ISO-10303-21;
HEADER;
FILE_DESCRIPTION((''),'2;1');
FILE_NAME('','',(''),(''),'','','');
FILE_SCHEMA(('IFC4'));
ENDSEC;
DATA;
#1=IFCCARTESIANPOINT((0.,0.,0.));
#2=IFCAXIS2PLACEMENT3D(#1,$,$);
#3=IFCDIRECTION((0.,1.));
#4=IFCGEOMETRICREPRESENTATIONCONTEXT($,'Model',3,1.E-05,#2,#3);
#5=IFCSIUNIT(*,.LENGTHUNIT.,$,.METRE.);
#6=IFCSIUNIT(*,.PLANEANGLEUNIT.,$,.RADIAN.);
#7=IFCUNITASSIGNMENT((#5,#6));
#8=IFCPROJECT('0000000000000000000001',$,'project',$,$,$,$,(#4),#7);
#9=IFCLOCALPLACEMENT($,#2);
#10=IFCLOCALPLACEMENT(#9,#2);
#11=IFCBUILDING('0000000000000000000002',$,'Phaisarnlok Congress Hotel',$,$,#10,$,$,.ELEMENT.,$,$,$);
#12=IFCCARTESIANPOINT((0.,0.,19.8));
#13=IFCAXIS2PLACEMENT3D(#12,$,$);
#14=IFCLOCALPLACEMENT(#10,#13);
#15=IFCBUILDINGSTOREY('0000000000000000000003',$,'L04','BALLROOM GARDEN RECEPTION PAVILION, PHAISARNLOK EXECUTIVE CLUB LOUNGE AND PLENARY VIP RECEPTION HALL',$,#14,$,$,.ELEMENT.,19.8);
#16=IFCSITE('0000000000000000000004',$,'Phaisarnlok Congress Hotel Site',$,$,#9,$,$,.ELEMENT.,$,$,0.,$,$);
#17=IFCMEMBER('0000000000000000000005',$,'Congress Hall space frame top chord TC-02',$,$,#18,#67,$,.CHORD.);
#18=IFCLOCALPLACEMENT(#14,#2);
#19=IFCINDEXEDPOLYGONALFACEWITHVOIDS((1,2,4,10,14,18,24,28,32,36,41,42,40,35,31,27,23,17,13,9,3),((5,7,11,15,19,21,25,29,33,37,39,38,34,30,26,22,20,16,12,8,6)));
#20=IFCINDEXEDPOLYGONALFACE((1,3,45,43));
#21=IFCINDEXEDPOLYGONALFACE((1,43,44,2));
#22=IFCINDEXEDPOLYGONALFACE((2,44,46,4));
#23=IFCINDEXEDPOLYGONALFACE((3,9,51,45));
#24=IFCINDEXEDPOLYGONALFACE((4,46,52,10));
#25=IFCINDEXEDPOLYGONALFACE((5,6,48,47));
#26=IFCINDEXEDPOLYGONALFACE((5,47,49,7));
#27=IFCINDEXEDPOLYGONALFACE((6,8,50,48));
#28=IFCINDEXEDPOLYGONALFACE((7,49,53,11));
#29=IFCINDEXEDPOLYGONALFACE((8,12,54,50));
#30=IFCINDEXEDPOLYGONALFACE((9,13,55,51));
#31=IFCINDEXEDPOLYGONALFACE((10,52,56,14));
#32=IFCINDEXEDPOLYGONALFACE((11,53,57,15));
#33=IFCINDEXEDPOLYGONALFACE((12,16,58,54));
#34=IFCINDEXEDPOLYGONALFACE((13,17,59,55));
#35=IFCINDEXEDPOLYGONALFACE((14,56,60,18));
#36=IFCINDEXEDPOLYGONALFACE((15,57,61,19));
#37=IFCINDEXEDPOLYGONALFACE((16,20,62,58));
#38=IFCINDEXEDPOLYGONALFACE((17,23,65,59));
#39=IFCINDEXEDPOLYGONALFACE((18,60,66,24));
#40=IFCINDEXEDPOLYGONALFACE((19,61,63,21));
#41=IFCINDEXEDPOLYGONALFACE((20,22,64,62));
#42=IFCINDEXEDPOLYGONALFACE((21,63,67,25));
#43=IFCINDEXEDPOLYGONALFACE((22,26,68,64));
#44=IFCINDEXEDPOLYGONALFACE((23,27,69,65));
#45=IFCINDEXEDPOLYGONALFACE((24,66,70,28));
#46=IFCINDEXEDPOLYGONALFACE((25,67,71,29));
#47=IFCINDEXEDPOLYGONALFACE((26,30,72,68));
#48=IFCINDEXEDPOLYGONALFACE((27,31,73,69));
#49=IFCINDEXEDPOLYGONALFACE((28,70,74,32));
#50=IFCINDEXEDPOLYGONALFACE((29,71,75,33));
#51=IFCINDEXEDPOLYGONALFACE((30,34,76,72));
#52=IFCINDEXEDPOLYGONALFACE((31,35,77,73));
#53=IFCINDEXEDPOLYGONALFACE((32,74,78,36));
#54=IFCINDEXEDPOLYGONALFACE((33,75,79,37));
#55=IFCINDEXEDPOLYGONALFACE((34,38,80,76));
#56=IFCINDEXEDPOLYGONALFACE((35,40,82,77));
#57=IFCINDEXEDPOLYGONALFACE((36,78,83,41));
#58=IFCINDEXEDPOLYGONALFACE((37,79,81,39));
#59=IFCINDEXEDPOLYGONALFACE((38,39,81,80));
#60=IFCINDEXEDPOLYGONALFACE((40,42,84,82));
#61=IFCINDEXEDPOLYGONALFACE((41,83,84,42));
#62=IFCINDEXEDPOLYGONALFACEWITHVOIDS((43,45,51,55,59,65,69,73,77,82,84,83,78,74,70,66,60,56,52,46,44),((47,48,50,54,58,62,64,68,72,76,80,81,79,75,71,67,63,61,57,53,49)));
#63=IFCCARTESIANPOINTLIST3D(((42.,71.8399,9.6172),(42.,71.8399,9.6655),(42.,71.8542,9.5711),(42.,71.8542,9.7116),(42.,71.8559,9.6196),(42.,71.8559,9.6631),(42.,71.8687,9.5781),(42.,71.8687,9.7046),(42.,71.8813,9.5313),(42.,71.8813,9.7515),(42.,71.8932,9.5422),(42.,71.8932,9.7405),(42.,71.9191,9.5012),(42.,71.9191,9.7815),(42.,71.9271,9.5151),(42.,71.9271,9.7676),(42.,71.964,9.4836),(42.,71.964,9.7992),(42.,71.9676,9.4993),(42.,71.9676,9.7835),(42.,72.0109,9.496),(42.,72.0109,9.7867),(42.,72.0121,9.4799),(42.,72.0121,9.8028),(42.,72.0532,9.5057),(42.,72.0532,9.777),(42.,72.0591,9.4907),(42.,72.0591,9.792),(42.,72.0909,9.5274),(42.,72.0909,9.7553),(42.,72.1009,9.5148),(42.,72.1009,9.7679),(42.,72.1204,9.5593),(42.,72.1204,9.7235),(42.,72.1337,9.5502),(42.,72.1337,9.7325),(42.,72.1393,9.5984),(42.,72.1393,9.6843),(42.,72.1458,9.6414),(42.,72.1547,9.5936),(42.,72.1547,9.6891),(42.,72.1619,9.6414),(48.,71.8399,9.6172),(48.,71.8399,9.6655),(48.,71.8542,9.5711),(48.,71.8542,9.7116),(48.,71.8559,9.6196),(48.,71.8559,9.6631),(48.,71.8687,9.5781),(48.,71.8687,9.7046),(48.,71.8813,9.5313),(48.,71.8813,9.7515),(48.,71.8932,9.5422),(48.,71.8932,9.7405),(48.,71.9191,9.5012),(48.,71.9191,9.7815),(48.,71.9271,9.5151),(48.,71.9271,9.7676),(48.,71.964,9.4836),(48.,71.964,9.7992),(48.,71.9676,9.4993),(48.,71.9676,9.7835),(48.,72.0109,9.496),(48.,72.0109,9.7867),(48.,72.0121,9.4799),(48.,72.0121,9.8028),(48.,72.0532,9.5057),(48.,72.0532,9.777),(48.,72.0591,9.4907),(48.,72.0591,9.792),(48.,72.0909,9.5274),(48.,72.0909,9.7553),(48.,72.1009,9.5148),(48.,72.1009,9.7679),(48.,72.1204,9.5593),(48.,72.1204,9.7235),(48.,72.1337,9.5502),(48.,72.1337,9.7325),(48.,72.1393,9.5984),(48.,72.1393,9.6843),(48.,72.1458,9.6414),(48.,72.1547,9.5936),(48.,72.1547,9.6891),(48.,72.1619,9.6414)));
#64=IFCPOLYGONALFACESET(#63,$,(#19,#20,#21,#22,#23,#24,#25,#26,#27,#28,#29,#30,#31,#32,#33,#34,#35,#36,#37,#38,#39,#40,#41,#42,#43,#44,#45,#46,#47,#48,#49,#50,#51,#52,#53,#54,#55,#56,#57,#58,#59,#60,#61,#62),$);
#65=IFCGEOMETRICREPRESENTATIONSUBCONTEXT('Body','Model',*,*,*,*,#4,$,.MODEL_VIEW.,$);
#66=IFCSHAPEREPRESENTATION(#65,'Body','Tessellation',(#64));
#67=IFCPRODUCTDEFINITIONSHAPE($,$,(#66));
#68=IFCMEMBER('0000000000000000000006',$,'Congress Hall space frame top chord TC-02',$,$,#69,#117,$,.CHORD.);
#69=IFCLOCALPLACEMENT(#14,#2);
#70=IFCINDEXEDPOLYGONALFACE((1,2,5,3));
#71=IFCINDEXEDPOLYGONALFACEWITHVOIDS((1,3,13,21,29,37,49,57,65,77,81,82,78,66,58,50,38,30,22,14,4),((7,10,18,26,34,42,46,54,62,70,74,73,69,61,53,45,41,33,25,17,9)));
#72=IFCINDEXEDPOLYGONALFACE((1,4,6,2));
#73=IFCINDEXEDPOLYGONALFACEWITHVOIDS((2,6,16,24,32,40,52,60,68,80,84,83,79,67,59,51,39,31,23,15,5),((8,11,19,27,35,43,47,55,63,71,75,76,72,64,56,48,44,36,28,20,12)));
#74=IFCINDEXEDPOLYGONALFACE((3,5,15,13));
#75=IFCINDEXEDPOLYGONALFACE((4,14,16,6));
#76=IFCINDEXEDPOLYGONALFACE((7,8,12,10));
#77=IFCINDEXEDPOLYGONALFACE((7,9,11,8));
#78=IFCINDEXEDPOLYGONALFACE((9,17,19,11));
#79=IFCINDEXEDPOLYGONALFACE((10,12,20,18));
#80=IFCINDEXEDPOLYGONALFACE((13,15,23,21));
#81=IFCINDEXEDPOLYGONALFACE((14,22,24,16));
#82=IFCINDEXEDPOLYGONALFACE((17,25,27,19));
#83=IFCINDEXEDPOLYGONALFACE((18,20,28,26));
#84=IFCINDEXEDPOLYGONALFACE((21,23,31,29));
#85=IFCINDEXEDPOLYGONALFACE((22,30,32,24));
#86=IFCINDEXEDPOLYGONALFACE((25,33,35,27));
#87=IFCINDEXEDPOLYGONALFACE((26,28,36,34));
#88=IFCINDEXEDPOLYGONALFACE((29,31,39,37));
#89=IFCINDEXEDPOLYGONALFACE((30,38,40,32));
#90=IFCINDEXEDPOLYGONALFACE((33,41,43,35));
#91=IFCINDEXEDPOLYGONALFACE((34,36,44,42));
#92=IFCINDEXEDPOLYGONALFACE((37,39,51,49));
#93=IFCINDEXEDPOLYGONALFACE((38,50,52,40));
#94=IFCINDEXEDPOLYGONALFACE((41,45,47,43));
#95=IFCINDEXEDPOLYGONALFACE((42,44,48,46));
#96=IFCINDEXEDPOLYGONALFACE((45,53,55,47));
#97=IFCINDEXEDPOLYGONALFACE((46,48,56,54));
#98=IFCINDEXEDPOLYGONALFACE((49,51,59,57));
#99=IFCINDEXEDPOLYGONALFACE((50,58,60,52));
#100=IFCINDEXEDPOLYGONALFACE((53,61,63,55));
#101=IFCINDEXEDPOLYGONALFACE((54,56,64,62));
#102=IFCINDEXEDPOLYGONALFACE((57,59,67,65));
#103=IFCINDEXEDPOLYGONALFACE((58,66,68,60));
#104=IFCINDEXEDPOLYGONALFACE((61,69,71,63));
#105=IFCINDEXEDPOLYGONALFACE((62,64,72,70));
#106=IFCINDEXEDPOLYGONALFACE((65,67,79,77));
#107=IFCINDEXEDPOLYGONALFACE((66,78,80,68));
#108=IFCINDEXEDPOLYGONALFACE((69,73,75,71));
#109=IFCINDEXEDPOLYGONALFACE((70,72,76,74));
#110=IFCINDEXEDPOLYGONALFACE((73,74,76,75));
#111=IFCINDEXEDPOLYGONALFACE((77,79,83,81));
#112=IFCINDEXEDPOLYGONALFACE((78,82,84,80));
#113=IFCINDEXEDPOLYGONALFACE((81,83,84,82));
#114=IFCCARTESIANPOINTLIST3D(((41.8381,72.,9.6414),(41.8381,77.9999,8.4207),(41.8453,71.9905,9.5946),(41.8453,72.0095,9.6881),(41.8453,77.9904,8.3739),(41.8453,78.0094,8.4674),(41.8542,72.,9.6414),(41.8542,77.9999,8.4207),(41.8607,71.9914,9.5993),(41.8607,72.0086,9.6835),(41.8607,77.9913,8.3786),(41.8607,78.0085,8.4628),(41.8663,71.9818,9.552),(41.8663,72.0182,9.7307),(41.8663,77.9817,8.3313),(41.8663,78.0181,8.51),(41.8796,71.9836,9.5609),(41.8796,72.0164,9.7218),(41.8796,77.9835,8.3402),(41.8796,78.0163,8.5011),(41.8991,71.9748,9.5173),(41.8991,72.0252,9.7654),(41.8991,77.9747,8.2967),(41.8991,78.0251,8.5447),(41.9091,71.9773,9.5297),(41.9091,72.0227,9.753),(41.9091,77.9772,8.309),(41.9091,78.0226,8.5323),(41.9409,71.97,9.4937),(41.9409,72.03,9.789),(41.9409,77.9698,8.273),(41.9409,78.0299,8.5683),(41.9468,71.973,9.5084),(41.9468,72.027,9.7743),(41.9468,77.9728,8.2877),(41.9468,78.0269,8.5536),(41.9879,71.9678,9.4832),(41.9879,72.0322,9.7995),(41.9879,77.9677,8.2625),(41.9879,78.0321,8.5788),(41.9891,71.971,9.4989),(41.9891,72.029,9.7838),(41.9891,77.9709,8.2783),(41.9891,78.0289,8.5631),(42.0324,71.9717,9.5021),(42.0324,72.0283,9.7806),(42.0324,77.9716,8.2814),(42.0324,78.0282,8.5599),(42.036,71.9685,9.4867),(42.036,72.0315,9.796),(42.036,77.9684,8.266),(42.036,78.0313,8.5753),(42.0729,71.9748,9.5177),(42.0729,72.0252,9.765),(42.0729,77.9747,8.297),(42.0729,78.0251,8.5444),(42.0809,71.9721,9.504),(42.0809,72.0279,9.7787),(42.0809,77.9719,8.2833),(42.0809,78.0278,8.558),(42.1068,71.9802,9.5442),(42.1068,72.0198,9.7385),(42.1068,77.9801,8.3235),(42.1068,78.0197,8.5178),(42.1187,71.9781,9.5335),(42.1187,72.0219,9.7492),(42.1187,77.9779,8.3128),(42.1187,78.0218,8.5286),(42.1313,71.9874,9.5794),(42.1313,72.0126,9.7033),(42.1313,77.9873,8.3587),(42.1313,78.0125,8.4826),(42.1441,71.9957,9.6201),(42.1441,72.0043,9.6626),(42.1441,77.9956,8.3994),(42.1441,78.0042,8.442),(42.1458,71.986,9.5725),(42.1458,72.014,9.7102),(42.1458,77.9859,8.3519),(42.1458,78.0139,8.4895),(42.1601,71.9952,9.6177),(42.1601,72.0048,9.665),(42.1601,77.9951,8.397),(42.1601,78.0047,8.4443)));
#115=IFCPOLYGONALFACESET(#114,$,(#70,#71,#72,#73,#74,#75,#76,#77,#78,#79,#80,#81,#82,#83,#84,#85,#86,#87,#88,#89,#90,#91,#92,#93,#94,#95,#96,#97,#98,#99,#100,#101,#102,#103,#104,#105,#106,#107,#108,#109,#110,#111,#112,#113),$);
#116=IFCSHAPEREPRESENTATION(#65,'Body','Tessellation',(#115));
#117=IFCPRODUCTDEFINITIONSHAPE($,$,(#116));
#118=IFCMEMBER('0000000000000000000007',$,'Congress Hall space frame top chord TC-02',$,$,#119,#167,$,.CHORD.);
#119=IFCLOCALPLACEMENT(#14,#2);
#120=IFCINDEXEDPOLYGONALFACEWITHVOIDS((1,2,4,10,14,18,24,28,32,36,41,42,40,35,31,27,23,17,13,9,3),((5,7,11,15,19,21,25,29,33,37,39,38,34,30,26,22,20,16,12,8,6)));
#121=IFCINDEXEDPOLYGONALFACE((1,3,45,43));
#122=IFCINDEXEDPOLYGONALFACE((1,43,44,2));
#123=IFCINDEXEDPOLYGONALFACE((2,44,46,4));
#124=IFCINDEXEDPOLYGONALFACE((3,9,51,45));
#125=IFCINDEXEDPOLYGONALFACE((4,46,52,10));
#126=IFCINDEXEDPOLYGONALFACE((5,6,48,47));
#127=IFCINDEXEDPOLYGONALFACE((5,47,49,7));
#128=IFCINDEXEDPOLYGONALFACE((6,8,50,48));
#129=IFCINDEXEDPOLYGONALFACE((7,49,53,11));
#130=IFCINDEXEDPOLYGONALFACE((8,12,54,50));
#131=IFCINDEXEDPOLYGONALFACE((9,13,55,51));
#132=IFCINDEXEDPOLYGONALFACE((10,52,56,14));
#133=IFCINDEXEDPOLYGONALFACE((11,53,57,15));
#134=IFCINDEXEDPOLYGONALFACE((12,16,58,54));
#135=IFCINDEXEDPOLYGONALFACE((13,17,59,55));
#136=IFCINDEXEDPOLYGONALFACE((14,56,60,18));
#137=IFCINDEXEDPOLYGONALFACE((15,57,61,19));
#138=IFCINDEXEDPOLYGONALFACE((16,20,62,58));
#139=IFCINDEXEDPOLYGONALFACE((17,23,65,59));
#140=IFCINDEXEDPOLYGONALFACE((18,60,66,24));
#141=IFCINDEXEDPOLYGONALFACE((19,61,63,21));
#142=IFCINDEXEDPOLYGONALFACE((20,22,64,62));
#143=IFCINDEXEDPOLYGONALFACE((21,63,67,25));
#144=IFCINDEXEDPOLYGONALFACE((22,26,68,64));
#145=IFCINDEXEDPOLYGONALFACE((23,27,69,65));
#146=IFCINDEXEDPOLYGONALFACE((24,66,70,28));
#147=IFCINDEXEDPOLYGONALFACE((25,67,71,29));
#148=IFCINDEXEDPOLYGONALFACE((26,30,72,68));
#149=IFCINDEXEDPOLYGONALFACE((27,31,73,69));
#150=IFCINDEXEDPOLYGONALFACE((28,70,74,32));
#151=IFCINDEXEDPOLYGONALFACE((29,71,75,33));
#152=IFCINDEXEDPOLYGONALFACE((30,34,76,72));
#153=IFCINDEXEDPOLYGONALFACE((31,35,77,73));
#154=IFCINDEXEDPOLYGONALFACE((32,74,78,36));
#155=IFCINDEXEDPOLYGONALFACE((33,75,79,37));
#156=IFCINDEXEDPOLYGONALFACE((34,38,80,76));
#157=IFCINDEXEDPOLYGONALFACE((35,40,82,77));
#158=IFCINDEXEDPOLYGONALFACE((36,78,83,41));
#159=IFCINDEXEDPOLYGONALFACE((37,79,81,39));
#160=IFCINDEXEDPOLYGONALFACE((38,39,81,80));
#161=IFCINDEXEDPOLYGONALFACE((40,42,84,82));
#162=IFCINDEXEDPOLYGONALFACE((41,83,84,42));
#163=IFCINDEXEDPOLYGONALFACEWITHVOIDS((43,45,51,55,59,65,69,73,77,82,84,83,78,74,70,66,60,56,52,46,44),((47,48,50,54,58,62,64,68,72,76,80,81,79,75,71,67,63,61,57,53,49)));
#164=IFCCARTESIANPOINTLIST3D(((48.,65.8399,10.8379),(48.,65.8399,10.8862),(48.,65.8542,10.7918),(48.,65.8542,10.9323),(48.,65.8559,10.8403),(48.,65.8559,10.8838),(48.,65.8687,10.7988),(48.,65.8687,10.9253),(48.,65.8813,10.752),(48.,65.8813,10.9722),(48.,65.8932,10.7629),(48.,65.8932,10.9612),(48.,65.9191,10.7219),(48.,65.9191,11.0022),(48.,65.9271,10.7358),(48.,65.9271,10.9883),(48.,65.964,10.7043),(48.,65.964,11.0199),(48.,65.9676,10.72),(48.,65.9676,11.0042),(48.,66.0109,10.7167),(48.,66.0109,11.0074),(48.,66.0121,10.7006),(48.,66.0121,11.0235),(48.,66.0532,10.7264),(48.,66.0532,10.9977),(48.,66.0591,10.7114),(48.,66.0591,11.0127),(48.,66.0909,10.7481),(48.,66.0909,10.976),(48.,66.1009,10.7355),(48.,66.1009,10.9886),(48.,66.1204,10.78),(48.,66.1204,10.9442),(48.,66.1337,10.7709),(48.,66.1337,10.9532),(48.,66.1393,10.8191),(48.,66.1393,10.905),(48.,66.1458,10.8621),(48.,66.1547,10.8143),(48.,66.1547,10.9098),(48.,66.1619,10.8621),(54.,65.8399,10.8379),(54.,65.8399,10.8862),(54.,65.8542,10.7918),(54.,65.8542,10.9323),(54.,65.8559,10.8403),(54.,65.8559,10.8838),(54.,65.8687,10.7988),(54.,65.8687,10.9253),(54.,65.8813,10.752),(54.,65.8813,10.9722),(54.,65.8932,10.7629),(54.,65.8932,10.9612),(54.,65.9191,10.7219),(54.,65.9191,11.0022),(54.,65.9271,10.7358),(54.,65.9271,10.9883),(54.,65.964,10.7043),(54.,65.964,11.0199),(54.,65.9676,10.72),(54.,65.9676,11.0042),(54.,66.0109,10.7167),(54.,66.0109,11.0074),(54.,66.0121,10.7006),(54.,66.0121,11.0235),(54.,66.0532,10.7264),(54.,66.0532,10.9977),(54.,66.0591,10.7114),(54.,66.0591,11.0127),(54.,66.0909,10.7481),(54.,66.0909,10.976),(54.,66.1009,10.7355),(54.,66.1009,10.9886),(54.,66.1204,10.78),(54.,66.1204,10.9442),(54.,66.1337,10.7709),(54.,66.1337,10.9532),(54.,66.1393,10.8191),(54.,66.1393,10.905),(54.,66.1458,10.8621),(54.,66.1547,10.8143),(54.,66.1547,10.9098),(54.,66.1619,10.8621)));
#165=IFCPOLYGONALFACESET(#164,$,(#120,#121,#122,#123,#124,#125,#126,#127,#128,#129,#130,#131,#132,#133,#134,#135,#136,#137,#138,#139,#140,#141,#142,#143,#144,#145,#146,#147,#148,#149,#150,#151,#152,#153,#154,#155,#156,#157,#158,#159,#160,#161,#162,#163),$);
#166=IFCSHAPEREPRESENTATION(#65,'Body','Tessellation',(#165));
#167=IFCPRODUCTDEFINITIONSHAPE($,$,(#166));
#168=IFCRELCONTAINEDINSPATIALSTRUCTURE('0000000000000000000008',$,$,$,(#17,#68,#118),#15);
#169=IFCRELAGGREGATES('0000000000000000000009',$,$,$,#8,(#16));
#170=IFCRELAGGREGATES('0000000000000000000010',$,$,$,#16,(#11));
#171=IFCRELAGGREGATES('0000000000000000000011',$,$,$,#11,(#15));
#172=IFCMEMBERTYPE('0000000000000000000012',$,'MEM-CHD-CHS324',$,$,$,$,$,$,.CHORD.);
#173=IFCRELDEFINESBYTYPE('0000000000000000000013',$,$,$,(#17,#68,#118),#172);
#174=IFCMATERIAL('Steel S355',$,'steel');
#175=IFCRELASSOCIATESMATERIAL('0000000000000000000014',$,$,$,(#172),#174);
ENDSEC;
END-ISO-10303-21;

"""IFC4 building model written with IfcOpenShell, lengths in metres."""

from ifc_helpers import new_model, si_unit, direction, frame, origin, origin_2d, place, context, subcontext, project, spatial, hollow_circle, extrude, material, material_profile, profile_set, type_object, element, save


model = new_model("IFC4")

# Units and contexts
model_context = context("Model", 3, precision=1e-05, world=origin(), true_north=direction((0.0, 1.0)))
body_context = subcontext(model_context, "Body", "Model", "MODEL_VIEW")
ifc_project = project(units=[si_unit("LENGTHUNIT", "METRE"), si_unit("PLANEANGLEUNIT", "RADIAN")], contexts=[model_context])

# Site, building, storey
site_placement = place(None, origin())
site = spatial("IfcSite", under=ifc_project, at=site_placement, Name="Phaisarnlok Congress Hotel Site", CompositionType="ELEMENT", RefElevation=0.0)
building_placement = place(site_placement, origin())
building = spatial("IfcBuilding", under=site, at=building_placement, Name="Phaisarnlok Congress Hotel", CompositionType="ELEMENT")
storey_placement = place(building_placement, frame((0.0, 0.0, 19.8)))
storey = spatial("IfcBuildingStorey", under=building, at=storey_placement, Name="L04", Description="BALLROOM GARDEN RECEPTION PAVILION, PHAISARNLOK EXECUTIVE CLUB LOUNGE AND PLENARY VIP RECEPTION HALL", CompositionType="ELEMENT", Elevation=19.8)

# Members
ifc_material = material(Name="Steel S355", Category="steel")
ifc_material_profile_1 = material_profile(ifc_material, hollow_circle(Radius=0.1619, WallThickness=0.0161, at=origin_2d()), Name="CHS 323.9x16")
ifc_profile_set_1 = profile_set([ifc_material_profile_1], Name="Steel S355")
member_type_1 = type_object("IfcMemberType", Name="MEM-CHD-CHS324", PredefinedType="CHORD", material=ifc_profile_set_1)
member_1_placement = place(storey_placement, frame((42.0, 72.0, 9.6414), z_axis=(1.0, 0.0, 0.0), x_axis=(0.0, 1.0, 0.0)))
element("IfcMember", 1, at=member_1_placement, inside=storey, type_object=member_type_1, Name="Congress Hall space frame top chord TC-02", PredefinedType="CHORD", context=body_context, shape_type="SweptSolid", body=[
    extrude(hollow_circle(Radius=0.1619, WallThickness=0.0161, at=origin_2d()), origin(), (0.0, 0.0, 1.0), 6.0),
])
member_2_placement = place(storey_placement, frame((42.0, 72.0, 9.6414), z_axis=(0.0, 0.979925, -0.199366), x_axis=(-1.0, 0.0, 0.0)))
element("IfcMember", 2, at=member_2_placement, inside=storey, type_object=member_type_1, Name="Congress Hall space frame top chord TC-02", PredefinedType="CHORD", context=body_context, shape_type="SweptSolid", body=[
    extrude(hollow_circle(Radius=0.1619, WallThickness=0.0161, at=origin_2d()), origin(), (0.0, 0.0, 1.0), 6.1228),
])
member_3_placement = place(storey_placement, frame((48.0, 66.0, 10.8621), z_axis=(1.0, 0.0, 0.0), x_axis=(0.0, 1.0, 0.0)))
element("IfcMember", 3, at=member_3_placement, inside=storey, type_object=member_type_1, Name="Congress Hall space frame top chord TC-02", PredefinedType="CHORD", context=body_context, shape_type="SweptSolid", body=[
    extrude(hollow_circle(Radius=0.1619, WallThickness=0.0161, at=origin_2d()), origin(), (0.0, 0.0, 1.0), 6.0),
])

save(model, "model.ifc")
